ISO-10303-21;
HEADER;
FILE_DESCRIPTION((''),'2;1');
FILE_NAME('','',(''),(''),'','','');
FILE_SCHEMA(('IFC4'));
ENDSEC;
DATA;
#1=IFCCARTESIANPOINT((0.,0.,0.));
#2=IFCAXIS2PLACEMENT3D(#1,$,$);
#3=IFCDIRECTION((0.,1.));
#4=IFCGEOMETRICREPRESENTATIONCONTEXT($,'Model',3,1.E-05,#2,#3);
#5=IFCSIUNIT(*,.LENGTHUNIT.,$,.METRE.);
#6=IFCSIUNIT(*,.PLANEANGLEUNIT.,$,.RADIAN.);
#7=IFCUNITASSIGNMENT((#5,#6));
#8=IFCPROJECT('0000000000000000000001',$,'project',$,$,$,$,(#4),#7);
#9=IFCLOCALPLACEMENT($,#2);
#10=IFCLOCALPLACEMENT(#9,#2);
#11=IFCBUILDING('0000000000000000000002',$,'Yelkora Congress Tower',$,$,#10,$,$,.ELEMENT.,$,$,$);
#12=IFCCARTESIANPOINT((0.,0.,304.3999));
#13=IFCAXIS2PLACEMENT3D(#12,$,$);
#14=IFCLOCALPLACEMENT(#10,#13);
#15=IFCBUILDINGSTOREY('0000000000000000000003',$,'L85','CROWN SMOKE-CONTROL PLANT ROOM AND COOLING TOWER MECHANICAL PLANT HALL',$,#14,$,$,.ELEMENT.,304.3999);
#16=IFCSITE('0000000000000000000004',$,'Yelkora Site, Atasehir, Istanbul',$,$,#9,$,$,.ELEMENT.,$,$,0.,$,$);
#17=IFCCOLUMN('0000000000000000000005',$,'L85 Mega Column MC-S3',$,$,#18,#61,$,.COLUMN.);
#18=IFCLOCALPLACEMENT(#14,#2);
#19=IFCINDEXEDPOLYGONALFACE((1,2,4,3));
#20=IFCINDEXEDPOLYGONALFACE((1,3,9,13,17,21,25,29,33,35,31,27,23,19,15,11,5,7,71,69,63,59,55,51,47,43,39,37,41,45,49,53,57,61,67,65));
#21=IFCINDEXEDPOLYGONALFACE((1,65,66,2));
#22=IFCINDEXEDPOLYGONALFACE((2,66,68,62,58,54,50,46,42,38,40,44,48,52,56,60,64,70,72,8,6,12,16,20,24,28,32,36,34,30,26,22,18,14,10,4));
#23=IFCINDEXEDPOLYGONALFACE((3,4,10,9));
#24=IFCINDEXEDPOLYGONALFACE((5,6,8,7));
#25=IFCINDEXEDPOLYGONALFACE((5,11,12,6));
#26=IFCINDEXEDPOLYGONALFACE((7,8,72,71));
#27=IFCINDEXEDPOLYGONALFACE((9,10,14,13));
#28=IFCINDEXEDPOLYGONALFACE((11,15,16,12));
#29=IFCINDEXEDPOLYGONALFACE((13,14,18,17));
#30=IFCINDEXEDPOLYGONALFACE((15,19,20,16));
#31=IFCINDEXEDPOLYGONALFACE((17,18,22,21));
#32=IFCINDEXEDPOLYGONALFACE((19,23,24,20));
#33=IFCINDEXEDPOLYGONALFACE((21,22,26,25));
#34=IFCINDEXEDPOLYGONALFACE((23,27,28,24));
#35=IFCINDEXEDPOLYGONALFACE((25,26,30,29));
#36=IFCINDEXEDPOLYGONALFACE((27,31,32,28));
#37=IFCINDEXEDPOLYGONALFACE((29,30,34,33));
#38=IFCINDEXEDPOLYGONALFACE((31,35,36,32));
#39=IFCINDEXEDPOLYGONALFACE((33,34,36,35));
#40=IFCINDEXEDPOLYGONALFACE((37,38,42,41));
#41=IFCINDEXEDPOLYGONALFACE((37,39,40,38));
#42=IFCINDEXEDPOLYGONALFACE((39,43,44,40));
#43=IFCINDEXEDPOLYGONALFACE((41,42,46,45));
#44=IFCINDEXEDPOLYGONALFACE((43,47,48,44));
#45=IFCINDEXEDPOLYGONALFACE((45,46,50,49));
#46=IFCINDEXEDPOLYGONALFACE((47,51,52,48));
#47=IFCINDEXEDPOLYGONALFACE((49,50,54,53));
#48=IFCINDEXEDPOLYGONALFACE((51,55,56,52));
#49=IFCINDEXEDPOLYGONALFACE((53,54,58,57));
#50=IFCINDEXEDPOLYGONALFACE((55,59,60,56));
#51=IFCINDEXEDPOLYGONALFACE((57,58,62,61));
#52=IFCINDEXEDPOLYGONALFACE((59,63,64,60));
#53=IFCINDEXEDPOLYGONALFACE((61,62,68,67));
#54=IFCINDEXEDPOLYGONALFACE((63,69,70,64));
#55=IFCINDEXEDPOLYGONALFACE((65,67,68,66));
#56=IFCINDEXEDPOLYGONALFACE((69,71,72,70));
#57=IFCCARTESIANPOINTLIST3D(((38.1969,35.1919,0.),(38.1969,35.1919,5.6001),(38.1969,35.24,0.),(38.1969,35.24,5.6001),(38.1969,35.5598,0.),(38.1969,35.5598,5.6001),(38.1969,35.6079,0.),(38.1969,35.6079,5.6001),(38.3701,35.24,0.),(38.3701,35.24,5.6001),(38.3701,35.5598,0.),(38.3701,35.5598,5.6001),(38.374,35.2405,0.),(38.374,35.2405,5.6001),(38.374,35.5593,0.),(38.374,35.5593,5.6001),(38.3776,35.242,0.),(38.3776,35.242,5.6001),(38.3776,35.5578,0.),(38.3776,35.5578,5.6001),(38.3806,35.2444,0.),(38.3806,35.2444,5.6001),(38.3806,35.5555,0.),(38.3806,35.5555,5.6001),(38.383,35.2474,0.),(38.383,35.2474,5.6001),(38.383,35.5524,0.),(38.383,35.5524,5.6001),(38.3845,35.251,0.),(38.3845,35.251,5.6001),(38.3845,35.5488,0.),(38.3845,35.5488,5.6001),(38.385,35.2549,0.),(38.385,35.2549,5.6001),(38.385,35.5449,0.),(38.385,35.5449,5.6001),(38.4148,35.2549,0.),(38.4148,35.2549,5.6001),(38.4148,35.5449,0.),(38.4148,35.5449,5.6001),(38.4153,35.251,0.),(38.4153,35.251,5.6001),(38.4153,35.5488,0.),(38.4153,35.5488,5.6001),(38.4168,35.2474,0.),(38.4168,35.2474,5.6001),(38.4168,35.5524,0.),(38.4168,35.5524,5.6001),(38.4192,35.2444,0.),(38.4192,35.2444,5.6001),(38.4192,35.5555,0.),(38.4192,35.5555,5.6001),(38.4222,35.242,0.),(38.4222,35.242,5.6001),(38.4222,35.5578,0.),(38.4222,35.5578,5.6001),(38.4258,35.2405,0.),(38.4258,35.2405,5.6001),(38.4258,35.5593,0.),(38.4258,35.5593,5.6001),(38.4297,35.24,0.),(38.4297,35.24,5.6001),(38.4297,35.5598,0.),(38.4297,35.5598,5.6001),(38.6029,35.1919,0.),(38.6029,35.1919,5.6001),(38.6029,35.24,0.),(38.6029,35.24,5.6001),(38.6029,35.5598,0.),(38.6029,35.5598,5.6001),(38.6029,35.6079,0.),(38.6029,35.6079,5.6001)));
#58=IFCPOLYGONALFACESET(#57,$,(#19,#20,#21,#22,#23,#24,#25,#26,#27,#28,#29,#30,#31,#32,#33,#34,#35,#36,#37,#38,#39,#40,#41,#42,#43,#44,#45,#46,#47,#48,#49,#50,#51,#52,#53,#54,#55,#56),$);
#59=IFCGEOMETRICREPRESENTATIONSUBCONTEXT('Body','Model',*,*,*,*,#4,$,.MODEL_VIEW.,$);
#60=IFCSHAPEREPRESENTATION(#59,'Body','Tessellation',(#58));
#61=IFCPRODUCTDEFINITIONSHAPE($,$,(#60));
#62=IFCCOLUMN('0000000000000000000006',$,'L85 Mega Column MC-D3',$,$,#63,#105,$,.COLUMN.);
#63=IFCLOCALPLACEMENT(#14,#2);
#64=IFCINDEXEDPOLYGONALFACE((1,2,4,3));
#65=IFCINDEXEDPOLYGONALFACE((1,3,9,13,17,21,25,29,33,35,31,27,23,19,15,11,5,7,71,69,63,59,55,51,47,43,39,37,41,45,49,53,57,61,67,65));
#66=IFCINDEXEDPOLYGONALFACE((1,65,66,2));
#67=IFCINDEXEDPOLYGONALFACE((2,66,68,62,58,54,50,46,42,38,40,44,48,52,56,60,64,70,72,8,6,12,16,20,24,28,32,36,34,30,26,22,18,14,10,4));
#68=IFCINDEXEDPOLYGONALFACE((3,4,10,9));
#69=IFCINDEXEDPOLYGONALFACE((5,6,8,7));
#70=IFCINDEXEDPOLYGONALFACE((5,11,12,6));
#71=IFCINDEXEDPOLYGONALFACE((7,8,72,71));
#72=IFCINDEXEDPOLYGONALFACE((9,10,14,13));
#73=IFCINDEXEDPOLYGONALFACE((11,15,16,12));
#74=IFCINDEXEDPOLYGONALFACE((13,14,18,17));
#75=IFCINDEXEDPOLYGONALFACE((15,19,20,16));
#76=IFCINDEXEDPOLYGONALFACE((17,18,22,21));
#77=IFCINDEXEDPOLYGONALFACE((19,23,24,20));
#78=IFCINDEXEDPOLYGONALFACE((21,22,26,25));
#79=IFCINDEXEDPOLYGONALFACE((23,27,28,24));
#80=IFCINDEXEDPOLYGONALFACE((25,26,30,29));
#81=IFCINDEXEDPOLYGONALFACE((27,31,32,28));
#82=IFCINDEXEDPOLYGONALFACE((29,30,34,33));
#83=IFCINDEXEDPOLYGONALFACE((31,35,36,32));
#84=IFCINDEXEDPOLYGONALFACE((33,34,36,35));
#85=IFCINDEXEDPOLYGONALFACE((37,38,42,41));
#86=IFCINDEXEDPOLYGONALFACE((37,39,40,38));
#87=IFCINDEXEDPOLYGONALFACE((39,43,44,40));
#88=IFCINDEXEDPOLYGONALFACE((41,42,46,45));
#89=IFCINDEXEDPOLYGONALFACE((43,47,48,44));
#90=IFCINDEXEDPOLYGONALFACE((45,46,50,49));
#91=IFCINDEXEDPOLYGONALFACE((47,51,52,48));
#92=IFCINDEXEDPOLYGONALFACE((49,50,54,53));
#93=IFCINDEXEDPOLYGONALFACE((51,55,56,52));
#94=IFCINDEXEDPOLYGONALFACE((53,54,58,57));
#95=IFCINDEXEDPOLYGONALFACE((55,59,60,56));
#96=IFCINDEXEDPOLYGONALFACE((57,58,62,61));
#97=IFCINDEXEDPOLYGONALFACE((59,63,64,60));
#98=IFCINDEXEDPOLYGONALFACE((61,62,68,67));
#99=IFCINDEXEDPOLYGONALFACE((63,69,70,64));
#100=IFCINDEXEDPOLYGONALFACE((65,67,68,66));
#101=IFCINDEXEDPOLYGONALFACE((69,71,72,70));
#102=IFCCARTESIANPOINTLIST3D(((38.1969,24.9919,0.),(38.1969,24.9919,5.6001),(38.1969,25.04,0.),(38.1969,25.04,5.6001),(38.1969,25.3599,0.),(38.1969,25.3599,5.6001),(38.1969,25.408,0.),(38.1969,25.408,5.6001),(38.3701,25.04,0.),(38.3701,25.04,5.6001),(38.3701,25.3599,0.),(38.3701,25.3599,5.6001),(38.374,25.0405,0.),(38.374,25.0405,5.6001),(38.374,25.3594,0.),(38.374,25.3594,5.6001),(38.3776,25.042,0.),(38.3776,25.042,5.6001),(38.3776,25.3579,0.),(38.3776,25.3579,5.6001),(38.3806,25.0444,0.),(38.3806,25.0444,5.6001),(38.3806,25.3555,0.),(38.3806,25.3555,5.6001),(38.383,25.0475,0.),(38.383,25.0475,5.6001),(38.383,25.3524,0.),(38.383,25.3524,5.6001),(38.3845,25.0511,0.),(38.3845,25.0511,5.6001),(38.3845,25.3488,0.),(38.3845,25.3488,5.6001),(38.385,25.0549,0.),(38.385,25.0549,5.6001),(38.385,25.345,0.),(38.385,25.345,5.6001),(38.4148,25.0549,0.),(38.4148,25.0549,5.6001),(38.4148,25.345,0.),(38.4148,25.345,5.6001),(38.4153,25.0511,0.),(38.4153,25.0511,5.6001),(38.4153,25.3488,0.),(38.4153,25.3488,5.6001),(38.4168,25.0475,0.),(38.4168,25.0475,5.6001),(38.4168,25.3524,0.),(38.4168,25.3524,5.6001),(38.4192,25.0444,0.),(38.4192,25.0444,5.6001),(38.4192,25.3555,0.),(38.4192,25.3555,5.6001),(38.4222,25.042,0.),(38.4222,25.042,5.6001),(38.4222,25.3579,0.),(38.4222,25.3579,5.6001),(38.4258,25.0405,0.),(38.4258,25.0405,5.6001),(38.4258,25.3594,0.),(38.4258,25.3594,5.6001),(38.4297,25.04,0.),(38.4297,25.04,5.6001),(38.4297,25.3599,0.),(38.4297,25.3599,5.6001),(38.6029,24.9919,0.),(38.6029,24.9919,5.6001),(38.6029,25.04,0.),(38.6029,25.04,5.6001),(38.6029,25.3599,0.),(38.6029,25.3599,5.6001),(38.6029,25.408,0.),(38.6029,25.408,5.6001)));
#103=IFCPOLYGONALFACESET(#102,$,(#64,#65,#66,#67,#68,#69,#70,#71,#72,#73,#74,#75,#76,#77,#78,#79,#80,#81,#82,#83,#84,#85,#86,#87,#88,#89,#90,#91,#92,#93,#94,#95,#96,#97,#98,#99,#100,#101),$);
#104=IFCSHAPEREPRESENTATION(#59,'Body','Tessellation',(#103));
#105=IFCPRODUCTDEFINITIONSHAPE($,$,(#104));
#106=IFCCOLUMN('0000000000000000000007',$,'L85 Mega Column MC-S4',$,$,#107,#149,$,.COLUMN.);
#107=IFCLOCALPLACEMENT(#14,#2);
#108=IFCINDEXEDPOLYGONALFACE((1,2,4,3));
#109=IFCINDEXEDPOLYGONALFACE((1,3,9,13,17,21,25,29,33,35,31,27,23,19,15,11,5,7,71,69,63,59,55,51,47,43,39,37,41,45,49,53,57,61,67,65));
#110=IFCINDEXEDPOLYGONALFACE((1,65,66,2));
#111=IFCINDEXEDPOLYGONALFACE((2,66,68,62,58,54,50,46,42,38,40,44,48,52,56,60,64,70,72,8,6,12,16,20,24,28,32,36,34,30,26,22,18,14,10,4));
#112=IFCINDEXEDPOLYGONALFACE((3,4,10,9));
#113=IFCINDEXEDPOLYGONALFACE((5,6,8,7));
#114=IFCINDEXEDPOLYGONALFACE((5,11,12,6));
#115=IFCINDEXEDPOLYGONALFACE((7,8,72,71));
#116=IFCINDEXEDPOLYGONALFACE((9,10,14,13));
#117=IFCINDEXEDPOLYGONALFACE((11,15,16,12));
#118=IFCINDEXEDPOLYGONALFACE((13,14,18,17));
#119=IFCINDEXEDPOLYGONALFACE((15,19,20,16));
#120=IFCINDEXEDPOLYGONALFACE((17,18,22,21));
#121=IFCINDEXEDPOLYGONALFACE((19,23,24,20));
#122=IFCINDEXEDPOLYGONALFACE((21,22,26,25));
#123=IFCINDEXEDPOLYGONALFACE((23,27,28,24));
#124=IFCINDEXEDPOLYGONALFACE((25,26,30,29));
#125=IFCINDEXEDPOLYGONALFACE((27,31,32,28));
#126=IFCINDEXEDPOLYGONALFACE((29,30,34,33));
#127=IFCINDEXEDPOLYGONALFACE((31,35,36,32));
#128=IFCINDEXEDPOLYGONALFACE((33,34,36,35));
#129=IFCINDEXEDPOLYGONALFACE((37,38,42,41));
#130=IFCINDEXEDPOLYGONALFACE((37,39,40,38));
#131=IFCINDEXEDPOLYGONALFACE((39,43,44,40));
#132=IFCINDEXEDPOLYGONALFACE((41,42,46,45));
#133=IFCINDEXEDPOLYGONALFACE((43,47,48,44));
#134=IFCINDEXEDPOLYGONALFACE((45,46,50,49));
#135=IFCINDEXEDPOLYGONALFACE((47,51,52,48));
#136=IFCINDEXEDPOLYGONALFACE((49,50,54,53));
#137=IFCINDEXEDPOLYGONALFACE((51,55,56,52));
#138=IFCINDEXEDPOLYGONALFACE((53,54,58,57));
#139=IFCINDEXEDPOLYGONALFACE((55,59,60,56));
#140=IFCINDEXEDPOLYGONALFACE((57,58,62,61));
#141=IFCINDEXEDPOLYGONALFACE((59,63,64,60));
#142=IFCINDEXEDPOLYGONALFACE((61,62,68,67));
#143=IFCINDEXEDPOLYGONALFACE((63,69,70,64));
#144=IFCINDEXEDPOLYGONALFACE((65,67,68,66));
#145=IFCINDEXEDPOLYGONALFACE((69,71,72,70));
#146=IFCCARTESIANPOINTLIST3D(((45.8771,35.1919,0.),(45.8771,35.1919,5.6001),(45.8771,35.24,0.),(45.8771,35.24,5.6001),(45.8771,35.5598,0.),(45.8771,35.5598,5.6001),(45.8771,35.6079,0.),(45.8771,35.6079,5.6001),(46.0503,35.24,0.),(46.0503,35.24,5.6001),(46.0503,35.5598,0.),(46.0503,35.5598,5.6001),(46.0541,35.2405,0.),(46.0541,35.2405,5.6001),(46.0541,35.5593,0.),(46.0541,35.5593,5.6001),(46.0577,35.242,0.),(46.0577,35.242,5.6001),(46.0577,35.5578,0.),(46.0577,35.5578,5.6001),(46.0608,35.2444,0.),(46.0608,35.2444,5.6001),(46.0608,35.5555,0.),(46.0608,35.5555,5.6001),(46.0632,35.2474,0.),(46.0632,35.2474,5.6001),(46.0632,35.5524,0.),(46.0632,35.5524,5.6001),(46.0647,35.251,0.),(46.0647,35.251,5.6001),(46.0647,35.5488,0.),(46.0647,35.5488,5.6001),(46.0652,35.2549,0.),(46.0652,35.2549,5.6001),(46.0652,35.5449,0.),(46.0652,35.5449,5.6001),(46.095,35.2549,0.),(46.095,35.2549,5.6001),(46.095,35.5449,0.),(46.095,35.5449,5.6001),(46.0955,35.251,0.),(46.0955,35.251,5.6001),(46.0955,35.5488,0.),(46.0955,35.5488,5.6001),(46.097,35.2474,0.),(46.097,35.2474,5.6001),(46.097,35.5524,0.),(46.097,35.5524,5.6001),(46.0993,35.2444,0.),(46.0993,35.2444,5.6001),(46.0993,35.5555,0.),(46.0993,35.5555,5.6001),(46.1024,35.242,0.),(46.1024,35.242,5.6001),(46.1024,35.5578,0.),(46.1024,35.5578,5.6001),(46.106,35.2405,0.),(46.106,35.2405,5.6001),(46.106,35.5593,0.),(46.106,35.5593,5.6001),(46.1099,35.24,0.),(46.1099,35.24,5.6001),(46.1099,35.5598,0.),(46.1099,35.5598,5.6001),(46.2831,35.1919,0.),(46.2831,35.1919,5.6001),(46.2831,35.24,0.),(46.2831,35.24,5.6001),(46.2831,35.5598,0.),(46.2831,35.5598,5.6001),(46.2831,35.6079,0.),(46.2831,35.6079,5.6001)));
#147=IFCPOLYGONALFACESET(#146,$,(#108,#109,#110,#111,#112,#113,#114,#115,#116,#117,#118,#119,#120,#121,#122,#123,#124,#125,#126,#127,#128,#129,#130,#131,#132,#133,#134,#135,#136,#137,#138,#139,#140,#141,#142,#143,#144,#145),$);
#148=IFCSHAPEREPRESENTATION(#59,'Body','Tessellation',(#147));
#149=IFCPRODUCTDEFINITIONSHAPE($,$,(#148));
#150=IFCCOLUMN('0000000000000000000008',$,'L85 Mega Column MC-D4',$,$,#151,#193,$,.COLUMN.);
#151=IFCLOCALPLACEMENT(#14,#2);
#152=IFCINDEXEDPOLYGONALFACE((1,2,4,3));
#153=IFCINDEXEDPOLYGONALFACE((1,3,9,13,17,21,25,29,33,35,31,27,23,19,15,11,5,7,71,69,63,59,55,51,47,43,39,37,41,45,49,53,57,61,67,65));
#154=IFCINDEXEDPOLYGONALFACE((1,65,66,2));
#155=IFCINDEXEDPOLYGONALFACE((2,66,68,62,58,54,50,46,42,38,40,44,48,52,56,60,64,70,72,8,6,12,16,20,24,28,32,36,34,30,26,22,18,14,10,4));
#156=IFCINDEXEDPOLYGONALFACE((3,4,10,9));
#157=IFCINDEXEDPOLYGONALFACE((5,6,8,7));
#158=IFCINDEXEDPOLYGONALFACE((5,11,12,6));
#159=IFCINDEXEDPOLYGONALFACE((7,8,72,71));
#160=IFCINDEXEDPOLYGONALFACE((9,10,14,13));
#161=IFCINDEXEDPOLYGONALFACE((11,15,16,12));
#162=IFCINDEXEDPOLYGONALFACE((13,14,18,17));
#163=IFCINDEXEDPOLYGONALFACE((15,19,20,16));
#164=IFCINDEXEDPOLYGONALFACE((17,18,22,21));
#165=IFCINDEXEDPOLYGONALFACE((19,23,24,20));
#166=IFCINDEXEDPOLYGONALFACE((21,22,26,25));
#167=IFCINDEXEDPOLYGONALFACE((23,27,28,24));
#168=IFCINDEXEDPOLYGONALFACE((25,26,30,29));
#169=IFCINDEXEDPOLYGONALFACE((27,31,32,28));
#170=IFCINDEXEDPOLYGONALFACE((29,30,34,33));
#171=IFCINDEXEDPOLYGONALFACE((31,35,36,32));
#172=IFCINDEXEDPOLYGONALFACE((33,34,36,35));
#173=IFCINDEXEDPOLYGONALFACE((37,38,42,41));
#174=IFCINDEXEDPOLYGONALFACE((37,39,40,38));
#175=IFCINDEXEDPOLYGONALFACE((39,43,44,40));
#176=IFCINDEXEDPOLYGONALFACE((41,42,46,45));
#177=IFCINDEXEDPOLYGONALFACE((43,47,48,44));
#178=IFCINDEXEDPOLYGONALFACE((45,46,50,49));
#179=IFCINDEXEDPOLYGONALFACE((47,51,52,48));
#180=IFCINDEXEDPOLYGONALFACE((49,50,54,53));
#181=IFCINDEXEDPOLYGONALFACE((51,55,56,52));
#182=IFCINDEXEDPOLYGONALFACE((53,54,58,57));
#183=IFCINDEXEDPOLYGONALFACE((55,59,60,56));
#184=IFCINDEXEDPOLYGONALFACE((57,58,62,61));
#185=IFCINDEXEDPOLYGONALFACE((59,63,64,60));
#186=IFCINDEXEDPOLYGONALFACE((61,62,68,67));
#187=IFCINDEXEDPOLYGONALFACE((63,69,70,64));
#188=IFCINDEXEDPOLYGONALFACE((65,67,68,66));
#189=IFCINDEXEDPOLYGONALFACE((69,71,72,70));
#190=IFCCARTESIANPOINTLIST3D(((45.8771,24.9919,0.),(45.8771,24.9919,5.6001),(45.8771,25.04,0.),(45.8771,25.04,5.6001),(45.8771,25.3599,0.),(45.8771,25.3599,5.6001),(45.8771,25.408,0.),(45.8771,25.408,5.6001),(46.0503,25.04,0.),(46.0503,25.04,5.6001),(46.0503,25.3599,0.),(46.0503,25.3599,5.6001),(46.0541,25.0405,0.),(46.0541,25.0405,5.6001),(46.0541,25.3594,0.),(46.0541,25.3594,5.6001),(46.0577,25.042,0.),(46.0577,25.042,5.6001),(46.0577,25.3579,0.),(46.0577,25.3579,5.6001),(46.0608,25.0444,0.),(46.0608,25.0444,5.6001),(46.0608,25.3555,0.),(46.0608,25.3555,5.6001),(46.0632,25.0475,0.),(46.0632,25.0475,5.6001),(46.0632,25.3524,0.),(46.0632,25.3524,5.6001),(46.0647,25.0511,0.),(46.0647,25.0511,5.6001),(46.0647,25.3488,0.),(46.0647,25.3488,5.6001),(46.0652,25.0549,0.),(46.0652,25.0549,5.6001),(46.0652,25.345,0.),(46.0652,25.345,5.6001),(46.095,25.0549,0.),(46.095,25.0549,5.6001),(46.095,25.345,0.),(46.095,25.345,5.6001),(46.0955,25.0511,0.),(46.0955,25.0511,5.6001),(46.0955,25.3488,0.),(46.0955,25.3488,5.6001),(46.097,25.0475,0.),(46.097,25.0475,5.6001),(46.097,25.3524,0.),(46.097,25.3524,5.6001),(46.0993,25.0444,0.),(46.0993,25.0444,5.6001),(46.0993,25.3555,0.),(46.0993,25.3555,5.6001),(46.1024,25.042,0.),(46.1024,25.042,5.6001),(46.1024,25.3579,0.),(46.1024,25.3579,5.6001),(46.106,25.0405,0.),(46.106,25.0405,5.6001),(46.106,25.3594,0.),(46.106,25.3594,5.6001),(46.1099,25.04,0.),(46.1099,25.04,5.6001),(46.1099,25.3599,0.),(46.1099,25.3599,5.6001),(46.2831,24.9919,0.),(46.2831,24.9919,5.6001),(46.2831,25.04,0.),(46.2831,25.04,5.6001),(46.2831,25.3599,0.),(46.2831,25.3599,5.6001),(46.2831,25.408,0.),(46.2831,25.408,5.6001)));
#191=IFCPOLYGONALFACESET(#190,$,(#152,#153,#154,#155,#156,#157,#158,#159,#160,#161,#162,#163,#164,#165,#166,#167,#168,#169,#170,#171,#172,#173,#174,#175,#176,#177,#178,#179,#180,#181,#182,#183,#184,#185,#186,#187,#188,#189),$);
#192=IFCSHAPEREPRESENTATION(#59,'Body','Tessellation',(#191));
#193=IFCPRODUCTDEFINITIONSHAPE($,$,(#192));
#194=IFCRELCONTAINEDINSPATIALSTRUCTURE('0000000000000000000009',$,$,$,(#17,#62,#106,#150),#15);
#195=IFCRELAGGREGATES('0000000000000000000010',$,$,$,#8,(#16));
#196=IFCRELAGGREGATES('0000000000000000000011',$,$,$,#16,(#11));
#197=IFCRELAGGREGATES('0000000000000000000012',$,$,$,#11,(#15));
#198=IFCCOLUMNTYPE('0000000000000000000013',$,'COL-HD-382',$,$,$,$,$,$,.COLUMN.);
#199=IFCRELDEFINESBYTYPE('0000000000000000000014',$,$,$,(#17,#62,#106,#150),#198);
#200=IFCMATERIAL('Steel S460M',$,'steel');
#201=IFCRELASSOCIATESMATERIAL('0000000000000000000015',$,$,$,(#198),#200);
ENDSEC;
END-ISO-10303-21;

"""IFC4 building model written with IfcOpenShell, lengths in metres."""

from ifc_helpers import new_model, si_unit, direction, frame, origin, origin_2d, place, context, subcontext, project, spatial, i_section, extrude, material, material_profile, profile_set, type_object, element, save


model = new_model("IFC4")

# Units and contexts
model_context = context("Model", 3, precision=1e-05, world=origin(), true_north=direction((0.0, 1.0)))
body_context = subcontext(model_context, "Body", "Model", "MODEL_VIEW")
ifc_project = project(units=[si_unit("LENGTHUNIT", "METRE"), si_unit("PLANEANGLEUNIT", "RADIAN")], contexts=[model_context])

# Site, building, storey
site_placement = place(None, origin())
site = spatial("IfcSite", under=ifc_project, at=site_placement, Name="Yelkora Site, Atasehir, Istanbul", CompositionType="ELEMENT", RefElevation=0.0)
building_placement = place(site_placement, origin())
building = spatial("IfcBuilding", under=site, at=building_placement, Name="Yelkora Congress Tower", CompositionType="ELEMENT")
storey_placement = place(building_placement, frame((0.0, 0.0, 304.3999)))
storey = spatial("IfcBuildingStorey", under=building, at=storey_placement, Name="L85", Description="CROWN SMOKE-CONTROL PLANT ROOM AND COOLING TOWER MECHANICAL PLANT HALL", CompositionType="ELEMENT", Elevation=304.3999)

# Columns
ifc_material_1 = material(Name="Steel S460M", Category="steel")
ifc_material_profile_1 = material_profile(ifc_material_1, i_section(OverallWidth=0.406, OverallDepth=0.416, WebThickness=0.0298, FlangeThickness=0.0481, FilletRadius=0.0149, at=origin_2d()), Name="HD 400x382")
ifc_profile_set_1 = profile_set([ifc_material_profile_1], Name="Steel S460M")
column_type = type_object("IfcColumnType", Name="COL-HD-382", PredefinedType="COLUMN", material=ifc_profile_set_1)
for number, where, z_axis, x_axis, name in (
    (1, (38.3999, 35.3999, 0.0), (0.0, 0.0, 1.0), (1.0, 0.0, 0.0), "L85 Mega Column MC-S3"),
    (2, (38.3999, 25.2, 0.0), (0.0, 0.0, 1.0), (1.0, 0.0, 0.0), "L85 Mega Column MC-D3"),
    (3, (46.0801, 35.3999, 0.0), (0.0, 0.0, 1.0), (1.0, 0.0, 0.0), "L85 Mega Column MC-S4"),
    (4, (46.0801, 25.2, 0.0), (0.0, 0.0, 1.0), (1.0, 0.0, 0.0), "L85 Mega Column MC-D4"),
):
    element("IfcColumn", number, at=place(storey_placement, frame(where, z_axis=z_axis, x_axis=x_axis)), inside=storey, type_object=column_type, Name=name, PredefinedType="COLUMN", context=body_context, shape_type="SweptSolid", body=[
        extrude(i_section(OverallWidth=0.406, OverallDepth=0.416, WebThickness=0.0298, FlangeThickness=0.0481, FilletRadius=0.0149, at=origin_2d()), origin(), (0.0, 0.0, 1.0), 5.6001),
    ])

save(model, "model.ifc")
